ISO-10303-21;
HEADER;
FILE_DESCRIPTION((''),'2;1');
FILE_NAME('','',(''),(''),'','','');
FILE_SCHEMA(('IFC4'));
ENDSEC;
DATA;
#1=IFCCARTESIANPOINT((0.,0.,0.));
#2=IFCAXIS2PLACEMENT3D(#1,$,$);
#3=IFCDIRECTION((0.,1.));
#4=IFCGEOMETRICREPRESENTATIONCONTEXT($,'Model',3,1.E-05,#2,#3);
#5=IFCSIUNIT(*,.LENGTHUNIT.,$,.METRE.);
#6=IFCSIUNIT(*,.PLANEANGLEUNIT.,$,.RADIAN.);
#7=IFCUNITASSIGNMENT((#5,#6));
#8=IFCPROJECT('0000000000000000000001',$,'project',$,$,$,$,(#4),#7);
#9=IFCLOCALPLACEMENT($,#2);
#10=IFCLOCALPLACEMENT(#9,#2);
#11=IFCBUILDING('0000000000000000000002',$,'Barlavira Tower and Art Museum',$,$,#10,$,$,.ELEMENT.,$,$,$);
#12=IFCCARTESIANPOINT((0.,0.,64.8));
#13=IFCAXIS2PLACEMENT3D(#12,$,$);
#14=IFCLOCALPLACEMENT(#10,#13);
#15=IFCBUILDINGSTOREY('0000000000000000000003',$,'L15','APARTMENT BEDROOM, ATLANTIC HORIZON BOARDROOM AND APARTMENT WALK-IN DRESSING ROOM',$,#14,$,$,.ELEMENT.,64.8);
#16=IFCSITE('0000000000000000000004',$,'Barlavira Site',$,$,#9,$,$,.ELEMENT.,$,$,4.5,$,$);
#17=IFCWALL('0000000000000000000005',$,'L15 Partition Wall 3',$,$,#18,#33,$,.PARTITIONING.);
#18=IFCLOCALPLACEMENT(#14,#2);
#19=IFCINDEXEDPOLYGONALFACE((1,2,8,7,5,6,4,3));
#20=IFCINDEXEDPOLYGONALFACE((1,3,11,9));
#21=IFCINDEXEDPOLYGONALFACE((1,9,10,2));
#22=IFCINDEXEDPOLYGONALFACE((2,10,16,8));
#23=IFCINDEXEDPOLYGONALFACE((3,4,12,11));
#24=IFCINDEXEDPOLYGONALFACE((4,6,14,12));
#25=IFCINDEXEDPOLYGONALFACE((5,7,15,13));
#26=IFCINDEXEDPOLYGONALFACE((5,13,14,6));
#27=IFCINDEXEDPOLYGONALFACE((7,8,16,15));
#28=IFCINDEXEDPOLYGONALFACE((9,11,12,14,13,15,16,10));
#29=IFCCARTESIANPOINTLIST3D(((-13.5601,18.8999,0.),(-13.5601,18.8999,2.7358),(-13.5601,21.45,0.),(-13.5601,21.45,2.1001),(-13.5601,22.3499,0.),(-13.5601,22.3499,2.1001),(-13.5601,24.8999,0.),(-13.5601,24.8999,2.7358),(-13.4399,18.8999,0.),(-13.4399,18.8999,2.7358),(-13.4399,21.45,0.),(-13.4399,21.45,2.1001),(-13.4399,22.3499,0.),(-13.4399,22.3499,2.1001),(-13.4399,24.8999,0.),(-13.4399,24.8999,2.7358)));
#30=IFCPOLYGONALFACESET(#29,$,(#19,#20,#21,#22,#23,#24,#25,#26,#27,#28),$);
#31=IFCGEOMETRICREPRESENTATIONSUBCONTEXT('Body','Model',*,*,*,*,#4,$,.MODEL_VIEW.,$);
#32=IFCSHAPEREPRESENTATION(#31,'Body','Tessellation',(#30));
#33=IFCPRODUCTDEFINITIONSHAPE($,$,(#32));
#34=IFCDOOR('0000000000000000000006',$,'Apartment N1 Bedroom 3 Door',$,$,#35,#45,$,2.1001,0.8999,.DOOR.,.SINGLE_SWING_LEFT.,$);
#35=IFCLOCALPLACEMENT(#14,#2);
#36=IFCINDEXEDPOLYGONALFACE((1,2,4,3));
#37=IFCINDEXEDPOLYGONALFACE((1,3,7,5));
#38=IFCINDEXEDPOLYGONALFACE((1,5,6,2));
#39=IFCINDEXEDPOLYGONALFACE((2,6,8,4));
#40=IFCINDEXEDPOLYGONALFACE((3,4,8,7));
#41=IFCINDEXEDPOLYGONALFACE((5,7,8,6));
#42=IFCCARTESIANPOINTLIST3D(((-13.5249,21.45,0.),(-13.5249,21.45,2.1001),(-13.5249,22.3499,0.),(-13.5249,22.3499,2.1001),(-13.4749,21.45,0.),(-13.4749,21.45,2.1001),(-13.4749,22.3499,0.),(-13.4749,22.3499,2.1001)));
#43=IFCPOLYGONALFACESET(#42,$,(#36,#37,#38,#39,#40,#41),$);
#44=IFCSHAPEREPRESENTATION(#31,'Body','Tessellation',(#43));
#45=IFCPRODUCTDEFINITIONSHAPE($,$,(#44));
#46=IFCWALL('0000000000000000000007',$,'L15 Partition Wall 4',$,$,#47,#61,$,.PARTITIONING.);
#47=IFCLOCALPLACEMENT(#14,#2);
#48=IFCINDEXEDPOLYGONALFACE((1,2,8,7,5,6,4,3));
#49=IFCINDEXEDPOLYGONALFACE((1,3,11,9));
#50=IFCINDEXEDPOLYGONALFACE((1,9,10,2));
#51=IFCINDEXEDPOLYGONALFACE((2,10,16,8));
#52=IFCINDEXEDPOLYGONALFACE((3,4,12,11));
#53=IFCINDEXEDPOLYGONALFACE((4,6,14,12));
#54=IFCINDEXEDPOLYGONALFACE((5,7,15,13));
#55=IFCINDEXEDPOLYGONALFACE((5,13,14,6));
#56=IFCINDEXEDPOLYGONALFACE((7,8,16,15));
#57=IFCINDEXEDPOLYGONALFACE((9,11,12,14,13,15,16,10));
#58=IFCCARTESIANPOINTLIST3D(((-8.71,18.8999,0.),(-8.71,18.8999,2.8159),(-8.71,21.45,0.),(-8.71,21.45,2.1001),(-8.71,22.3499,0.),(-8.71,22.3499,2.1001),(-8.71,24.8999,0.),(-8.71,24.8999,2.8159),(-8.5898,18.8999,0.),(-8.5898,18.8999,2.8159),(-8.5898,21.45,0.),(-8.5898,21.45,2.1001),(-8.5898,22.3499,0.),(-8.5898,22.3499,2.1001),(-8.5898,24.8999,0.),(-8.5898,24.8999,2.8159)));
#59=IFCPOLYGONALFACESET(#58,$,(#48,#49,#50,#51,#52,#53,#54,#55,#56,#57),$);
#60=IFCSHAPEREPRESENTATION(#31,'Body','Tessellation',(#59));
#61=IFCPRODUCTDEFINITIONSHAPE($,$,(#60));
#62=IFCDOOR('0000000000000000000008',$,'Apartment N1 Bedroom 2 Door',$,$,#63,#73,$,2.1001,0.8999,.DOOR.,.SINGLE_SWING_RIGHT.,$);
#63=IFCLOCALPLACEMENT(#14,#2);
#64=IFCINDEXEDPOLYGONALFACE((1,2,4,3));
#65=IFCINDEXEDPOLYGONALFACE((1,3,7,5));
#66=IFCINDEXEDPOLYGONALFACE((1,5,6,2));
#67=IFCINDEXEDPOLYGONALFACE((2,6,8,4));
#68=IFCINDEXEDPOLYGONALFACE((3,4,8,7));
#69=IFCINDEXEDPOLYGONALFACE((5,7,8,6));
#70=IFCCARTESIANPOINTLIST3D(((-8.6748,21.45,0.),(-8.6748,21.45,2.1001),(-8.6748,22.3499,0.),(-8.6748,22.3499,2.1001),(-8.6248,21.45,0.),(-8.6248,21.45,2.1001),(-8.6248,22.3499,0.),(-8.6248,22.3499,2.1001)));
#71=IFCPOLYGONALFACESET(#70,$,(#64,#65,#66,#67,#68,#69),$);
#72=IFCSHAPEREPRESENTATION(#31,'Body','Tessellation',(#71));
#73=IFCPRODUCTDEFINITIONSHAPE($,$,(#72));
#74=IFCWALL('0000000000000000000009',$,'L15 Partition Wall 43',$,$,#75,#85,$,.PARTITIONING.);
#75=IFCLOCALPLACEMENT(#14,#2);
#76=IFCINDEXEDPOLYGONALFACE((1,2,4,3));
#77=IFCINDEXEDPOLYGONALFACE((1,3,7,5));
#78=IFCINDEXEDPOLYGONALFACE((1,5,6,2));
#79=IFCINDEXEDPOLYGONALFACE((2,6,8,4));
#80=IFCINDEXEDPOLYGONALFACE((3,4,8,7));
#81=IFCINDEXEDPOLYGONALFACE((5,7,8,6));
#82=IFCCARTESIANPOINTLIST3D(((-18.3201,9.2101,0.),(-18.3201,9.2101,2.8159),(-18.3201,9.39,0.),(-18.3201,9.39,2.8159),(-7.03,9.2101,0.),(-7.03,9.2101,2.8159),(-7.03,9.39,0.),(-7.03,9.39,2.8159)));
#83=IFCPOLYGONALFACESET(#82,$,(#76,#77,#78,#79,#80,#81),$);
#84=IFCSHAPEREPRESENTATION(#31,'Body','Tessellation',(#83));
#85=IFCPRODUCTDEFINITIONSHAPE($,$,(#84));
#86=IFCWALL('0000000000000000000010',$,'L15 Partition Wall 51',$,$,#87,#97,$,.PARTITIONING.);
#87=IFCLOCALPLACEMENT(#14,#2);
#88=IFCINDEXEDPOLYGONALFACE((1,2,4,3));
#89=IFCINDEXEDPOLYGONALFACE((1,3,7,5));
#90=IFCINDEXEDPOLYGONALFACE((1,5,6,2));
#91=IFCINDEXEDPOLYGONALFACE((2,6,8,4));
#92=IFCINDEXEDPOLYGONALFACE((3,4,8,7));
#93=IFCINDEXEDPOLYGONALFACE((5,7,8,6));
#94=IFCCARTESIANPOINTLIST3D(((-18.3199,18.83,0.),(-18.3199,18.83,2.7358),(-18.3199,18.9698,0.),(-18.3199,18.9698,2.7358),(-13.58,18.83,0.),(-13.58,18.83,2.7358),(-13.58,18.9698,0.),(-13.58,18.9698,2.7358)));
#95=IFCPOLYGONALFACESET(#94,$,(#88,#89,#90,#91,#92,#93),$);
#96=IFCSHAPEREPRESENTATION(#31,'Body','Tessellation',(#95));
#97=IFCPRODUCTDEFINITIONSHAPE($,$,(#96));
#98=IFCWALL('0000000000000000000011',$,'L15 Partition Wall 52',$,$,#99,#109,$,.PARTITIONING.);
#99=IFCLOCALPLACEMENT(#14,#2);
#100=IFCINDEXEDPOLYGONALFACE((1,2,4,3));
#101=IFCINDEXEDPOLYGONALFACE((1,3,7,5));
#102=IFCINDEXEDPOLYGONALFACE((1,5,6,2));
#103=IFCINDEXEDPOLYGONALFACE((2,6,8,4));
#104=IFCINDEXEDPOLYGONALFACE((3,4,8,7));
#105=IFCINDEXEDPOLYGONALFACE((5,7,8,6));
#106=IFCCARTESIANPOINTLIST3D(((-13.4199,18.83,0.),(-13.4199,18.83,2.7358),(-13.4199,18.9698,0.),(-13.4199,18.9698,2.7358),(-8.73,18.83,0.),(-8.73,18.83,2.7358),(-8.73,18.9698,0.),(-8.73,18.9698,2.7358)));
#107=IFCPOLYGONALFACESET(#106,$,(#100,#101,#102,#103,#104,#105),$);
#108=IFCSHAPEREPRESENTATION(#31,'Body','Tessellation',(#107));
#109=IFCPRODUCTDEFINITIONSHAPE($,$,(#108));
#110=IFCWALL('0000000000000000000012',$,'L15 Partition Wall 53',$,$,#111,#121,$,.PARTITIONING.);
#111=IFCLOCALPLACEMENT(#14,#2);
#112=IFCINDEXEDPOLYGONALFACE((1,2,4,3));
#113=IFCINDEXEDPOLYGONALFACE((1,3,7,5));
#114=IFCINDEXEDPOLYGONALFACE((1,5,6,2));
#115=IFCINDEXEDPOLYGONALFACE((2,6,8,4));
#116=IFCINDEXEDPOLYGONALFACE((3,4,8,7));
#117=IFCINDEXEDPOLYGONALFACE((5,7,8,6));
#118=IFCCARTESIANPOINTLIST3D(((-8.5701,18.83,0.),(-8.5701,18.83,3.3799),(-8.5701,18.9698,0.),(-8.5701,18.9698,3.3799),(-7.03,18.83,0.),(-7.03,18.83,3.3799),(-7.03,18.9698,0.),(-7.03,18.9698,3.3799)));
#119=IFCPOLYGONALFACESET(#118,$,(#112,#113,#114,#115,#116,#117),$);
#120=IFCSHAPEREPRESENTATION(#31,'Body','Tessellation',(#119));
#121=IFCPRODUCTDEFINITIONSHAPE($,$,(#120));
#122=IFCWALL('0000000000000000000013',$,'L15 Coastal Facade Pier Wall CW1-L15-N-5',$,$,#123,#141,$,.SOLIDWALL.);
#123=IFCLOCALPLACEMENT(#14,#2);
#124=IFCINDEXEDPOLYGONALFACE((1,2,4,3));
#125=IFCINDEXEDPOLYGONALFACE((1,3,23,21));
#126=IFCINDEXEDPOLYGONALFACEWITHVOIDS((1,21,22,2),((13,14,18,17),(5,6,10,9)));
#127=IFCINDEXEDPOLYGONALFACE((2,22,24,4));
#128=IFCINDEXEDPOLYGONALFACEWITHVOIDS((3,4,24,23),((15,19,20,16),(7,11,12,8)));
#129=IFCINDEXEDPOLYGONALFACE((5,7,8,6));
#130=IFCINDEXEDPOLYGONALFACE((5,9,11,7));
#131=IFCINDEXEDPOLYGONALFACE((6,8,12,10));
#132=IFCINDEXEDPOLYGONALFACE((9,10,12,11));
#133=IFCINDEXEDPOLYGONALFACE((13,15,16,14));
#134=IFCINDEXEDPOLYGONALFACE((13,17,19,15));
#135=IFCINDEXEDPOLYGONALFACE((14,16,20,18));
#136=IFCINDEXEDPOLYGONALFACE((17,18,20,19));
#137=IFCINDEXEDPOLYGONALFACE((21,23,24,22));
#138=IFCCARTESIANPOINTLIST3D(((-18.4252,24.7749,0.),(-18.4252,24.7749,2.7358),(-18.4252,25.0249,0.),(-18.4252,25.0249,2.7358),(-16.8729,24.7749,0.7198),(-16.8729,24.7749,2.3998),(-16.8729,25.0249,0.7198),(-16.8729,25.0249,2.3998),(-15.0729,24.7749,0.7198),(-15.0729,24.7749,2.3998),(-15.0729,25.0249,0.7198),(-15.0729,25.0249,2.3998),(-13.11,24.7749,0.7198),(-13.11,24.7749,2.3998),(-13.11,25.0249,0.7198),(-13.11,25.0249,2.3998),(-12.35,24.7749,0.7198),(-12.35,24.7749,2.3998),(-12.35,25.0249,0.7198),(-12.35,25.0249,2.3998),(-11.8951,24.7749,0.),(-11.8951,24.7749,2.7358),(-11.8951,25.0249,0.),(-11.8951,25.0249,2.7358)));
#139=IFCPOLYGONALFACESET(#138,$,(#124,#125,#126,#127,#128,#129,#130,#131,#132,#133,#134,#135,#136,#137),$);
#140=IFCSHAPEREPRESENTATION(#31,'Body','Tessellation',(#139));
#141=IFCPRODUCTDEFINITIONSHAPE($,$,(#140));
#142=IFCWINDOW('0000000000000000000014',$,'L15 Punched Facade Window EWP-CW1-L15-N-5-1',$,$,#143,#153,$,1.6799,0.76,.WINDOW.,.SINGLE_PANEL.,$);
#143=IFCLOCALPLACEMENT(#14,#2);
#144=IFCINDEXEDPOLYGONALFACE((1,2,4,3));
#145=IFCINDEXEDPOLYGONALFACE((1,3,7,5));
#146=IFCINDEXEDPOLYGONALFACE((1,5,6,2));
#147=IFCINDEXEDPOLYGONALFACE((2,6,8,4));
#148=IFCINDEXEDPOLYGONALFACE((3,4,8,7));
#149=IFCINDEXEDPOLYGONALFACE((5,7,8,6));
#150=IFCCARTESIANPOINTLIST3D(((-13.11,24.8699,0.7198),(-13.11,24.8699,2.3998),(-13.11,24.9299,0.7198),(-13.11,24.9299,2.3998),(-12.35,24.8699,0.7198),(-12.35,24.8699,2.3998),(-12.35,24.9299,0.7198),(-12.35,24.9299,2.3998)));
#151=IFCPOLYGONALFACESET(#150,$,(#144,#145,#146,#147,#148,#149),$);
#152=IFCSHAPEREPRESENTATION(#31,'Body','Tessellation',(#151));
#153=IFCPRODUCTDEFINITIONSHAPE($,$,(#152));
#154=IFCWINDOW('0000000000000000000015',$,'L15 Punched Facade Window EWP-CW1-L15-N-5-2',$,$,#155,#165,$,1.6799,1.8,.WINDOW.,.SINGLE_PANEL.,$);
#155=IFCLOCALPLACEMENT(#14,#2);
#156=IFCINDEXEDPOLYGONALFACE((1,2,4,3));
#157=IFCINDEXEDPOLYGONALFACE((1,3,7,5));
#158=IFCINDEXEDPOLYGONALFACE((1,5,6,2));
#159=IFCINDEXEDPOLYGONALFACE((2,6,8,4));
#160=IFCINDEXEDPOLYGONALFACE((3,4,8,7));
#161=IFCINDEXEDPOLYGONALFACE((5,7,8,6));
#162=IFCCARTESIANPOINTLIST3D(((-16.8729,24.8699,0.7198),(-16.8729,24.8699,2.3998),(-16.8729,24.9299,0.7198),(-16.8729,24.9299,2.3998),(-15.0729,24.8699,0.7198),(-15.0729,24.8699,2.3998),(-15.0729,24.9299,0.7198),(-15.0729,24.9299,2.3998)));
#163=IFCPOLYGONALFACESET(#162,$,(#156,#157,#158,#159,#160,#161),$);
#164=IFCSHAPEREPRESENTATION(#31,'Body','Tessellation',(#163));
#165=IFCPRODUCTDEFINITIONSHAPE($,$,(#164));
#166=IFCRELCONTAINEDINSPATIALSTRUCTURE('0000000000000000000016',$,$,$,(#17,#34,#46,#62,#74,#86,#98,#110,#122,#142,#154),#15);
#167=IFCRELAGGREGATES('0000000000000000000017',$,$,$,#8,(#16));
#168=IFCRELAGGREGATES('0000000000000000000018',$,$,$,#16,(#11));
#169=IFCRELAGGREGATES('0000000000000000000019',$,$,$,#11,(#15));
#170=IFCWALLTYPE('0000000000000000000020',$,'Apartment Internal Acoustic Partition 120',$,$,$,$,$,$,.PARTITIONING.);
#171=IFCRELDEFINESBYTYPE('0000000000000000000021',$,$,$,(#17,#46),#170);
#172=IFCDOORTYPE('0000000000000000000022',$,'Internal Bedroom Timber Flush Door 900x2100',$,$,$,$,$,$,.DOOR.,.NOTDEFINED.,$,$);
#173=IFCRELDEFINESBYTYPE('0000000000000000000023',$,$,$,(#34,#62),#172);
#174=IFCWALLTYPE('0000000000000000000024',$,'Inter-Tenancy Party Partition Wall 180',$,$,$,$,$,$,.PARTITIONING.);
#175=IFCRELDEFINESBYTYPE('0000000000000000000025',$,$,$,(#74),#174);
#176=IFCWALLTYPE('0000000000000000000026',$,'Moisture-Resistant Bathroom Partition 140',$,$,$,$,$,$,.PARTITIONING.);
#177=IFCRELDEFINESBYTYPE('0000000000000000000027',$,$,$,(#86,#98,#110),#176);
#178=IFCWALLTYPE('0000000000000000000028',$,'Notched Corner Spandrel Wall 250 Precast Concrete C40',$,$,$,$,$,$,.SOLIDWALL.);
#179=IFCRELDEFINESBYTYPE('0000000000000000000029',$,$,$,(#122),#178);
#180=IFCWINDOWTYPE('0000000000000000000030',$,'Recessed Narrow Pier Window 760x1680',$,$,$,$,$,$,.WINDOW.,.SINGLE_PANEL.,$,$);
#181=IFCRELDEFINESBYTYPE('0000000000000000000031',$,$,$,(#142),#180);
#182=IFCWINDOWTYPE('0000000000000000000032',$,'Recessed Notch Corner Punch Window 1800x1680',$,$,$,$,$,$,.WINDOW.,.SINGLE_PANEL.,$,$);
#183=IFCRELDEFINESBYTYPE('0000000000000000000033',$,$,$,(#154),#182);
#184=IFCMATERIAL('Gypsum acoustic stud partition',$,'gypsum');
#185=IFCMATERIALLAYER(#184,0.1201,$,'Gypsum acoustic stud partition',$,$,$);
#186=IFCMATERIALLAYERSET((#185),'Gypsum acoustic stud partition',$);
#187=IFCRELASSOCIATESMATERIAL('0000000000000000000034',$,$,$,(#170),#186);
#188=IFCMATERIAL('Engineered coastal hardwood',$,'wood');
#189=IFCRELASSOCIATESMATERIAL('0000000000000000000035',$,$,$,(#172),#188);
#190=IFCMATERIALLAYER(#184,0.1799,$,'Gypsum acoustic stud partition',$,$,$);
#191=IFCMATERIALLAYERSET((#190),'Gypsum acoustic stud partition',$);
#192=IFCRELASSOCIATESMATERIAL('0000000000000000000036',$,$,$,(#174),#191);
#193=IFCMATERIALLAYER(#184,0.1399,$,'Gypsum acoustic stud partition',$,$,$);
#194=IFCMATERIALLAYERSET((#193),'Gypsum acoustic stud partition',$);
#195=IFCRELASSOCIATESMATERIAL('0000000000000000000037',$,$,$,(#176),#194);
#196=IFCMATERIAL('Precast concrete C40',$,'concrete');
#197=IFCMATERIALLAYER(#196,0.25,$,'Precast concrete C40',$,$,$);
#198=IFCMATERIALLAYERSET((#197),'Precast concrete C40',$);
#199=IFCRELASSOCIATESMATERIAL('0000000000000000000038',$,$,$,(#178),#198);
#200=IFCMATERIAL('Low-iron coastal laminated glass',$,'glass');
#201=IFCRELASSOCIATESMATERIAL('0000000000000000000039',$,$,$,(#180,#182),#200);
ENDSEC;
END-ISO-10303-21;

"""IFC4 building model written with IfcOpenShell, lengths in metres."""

from ifc_helpers import new_model, si_unit, direction, frame, frame_2d, origin, place, context, subcontext, project, spatial, rectangle, extrude, material, layer, layer_set, type_object, element, fill, save


model = new_model("IFC4")

# Units and contexts
model_context = context("Model", 3, precision=1e-05, world=origin(), true_north=direction((0.0, 1.0)))
body_context = subcontext(model_context, "Body", "Model", "MODEL_VIEW")
ifc_project = project(units=[si_unit("LENGTHUNIT", "METRE"), si_unit("PLANEANGLEUNIT", "RADIAN")], contexts=[model_context])

# Site, building, storey
site_placement = place(None, origin())
site = spatial("IfcSite", under=ifc_project, at=site_placement, Name="Barlavira Site", CompositionType="ELEMENT", RefElevation=4.5)
building_placement = place(site_placement, origin())
building = spatial("IfcBuilding", under=site, at=building_placement, Name="Barlavira Tower and Art Museum", CompositionType="ELEMENT")
storey_placement = place(building_placement, frame((0.0, 0.0, 64.8)))
storey = spatial("IfcBuildingStorey", under=building, at=storey_placement, Name="L15", Description="APARTMENT BEDROOM, ATLANTIC HORIZON BOARDROOM AND APARTMENT WALK-IN DRESSING ROOM", CompositionType="ELEMENT", Elevation=64.8)

# Walls, openings, doors
ifc_material_1 = material(Name="Gypsum acoustic stud partition", Category="gypsum")
ifc_layer_1 = layer(ifc_material_1, 0.1201, Name="Gypsum acoustic stud partition")
ifc_layer_set_1 = layer_set([ifc_layer_1], Name="Gypsum acoustic stud partition")
wall_type_1 = type_object("IfcWallType", Name="Apartment Internal Acoustic Partition 120", PredefinedType="PARTITIONING", material=ifc_layer_set_1)
wall_1_placement = place(storey_placement, frame((-13.5, 18.8999, 0.0), z_axis=(0.0, 0.0, 1.0), x_axis=(0.0, 1.0, 0.0)))
wall_1 = element("IfcWall", 1, at=wall_1_placement, inside=storey, type_object=wall_type_1, Name="L15 Partition Wall 3", PredefinedType="PARTITIONING", context=body_context, shape_type="SweptSolid", body=[
    extrude(rectangle(XDim=6.0, YDim=0.1201, at=frame_2d((3.0, 0.0))), origin(), (0.0, 0.0, 1.0), 2.7358),
])
opening_1_placement = place(wall_1_placement, frame((2.55, 0.0, 0.0)))
opening_1 = element("IfcOpeningElement", 2, at=opening_1_placement, cuts=wall_1, PredefinedType="OPENING", context=body_context, shape_type="SweptSolid", body=[
    extrude(rectangle(XDim=0.8999, YDim=2.1001, at=frame_2d((0.45, 1.05))), frame((0.0, 0.0701, 0.0), z_axis=(0.0, -1.0, 0.0), x_axis=(1.0, 0.0, 0.0)), (0.0, 0.0, 1.0), 0.1401),
])
ifc_material_2 = material(Name="Engineered coastal hardwood", Category="wood")
door_type = type_object("IfcDoorType", Name="Internal Bedroom Timber Flush Door 900x2100", OperationType="NOTDEFINED", PredefinedType="DOOR", material=ifc_material_2)
door_1_placement = place(opening_1_placement, origin())
door_1 = element("IfcDoor", 3, at=door_1_placement, inside=storey, type_object=door_type, Name="Apartment N1 Bedroom 3 Door", OperationType="SINGLE_SWING_LEFT", OverallHeight=2.1001, OverallWidth=0.8999, PredefinedType="DOOR", context=body_context, shape_type="SweptSolid", body=[
    extrude(rectangle(XDim=0.8999, YDim=2.1001, at=frame_2d((0.45, 1.05))), frame((0.0, 0.0249, 0.0), z_axis=(0.0, -1.0, 0.0), x_axis=(1.0, 0.0, 0.0)), (0.0, 0.0, 1.0), 0.05),
])
fill(opening_1, door_1)
wall_2_placement = place(storey_placement, frame((-8.6499, 18.8999, 0.0), z_axis=(0.0, 0.0, 1.0), x_axis=(0.0, 1.0, 0.0)))
wall_2 = element("IfcWall", 4, at=wall_2_placement, inside=storey, type_object=wall_type_1, Name="L15 Partition Wall 4", PredefinedType="PARTITIONING", context=body_context, shape_type="SweptSolid", body=[
    extrude(rectangle(XDim=6.0, YDim=0.1201, at=frame_2d((3.0, 0.0))), origin(), (0.0, 0.0, 1.0), 2.8159),
])
opening_2_placement = place(wall_2_placement, frame((2.55, 0.0, 0.0)))
opening_2 = element("IfcOpeningElement", 5, at=opening_2_placement, cuts=wall_2, PredefinedType="OPENING", context=body_context, shape_type="SweptSolid", body=[
    extrude(rectangle(XDim=0.8999, YDim=2.1001, at=frame_2d((0.45, 1.05))), frame((0.0, 0.0701, 0.0), z_axis=(0.0, -1.0, 0.0), x_axis=(1.0, 0.0, 0.0)), (0.0, 0.0, 1.0), 0.1401),
])
door_2_placement = place(opening_2_placement, origin())
door_2 = element("IfcDoor", 6, at=door_2_placement, inside=storey, type_object=door_type, Name="Apartment N1 Bedroom 2 Door", OperationType="SINGLE_SWING_RIGHT", OverallHeight=2.1001, OverallWidth=0.8999, PredefinedType="DOOR", context=body_context, shape_type="SweptSolid", body=[
    extrude(rectangle(XDim=0.8999, YDim=2.1001, at=frame_2d((0.45, 1.05))), frame((0.0, 0.0249, 0.0), z_axis=(0.0, -1.0, 0.0), x_axis=(1.0, 0.0, 0.0)), (0.0, 0.0, 1.0), 0.05),
])
fill(opening_2, door_2)

# Walls
ifc_layer_2 = layer(ifc_material_1, 0.1799, Name="Gypsum acoustic stud partition")
ifc_layer_set_2 = layer_set([ifc_layer_2], Name="Gypsum acoustic stud partition")
wall_type_2 = type_object("IfcWallType", Name="Inter-Tenancy Party Partition Wall 180", PredefinedType="PARTITIONING", material=ifc_layer_set_2)
wall_3_placement = place(storey_placement, frame((-18.3201, 9.3, 0.0), z_axis=(0.0, 0.0, 1.0), x_axis=(1.0, 0.0, 0.0)))
element("IfcWall", 7, at=wall_3_placement, inside=storey, type_object=wall_type_2, Name="L15 Partition Wall 43", PredefinedType="PARTITIONING", context=body_context, shape_type="SweptSolid", body=[
    extrude(rectangle(XDim=11.29, YDim=0.1799, at=frame_2d((5.645, 0.0))), origin(), (0.0, 0.0, 1.0), 2.8159),
])
ifc_layer_3 = layer(ifc_material_1, 0.1399, Name="Gypsum acoustic stud partition")
ifc_layer_set_3 = layer_set([ifc_layer_3], Name="Gypsum acoustic stud partition")
wall_type_3 = type_object("IfcWallType", Name="Moisture-Resistant Bathroom Partition 140", PredefinedType="PARTITIONING", material=ifc_layer_set_3)
wall_4_placement = place(storey_placement, frame((-18.3201, 18.8999, 0.0), z_axis=(0.0, 0.0, 1.0), x_axis=(1.0, 0.0, 0.0)))
element("IfcWall", 8, at=wall_4_placement, inside=storey, type_object=wall_type_3, Name="L15 Partition Wall 51", PredefinedType="PARTITIONING", context=body_context, shape_type="SweptSolid", body=[
    extrude(rectangle(XDim=4.74, YDim=0.1399, at=frame_2d((2.3701, 0.0))), origin(), (0.0, 0.0, 1.0), 2.7358),
])
wall_5_placement = place(storey_placement, frame((-13.4199, 18.8999, 0.0), z_axis=(0.0, 0.0, 1.0), x_axis=(1.0, 0.0, 0.0)))
element("IfcWall", 9, at=wall_5_placement, inside=storey, type_object=wall_type_3, Name="L15 Partition Wall 52", PredefinedType="PARTITIONING", context=body_context, shape_type="SweptSolid", body=[
    extrude(rectangle(XDim=4.6899, YDim=0.1399, at=frame_2d((2.345, 0.0))), origin(), (0.0, 0.0, 1.0), 2.7358),
])
wall_6_placement = place(storey_placement, frame((-8.5701, 18.8999, 0.0), z_axis=(0.0, 0.0, 1.0), x_axis=(1.0, 0.0, 0.0)))
element("IfcWall", 10, at=wall_6_placement, inside=storey, type_object=wall_type_3, Name="L15 Partition Wall 53", PredefinedType="PARTITIONING", context=body_context, shape_type="SweptSolid", body=[
    extrude(rectangle(XDim=1.54, YDim=0.1399, at=frame_2d((0.77, 0.0))), origin(), (0.0, 0.0, 1.0), 3.3799),
])

# Wall, openings, windows
ifc_material_3 = material(Name="Precast concrete C40", Category="concrete")
ifc_layer_4 = layer(ifc_material_3, 0.25, Name="Precast concrete C40")
ifc_layer_set_4 = layer_set([ifc_layer_4], Name="Precast concrete C40")
wall_type_4 = type_object("IfcWallType", Name="Notched Corner Spandrel Wall 250 Precast Concrete C40", PredefinedType="SOLIDWALL", material=ifc_layer_set_4)
wall_7_placement = place(storey_placement, frame((-11.895, 24.8999, 0.0), z_axis=(0.0, 0.0, 1.0), x_axis=(-1.0, 0.0, 0.0)))
wall_7 = element("IfcWall", 11, at=wall_7_placement, inside=storey, type_object=wall_type_4, Name="L15 Coastal Facade Pier Wall CW1-L15-N-5", PredefinedType="SOLIDWALL", context=body_context, shape_type="SweptSolid", body=[
    extrude(rectangle(XDim=6.53, YDim=0.25, at=frame_2d((3.2651, 0.0))), origin(), (0.0, 0.0, 1.0), 2.7358),
])
opening_3_placement = place(wall_7_placement, frame((0.4551, 0.0, 0.72)))
opening_3 = element("IfcOpeningElement", 12, at=opening_3_placement, cuts=wall_7, PredefinedType="OPENING", context=body_context, shape_type="SweptSolid", body=[
    extrude(rectangle(XDim=0.76, YDim=1.6799, at=frame_2d((0.3799, 0.8398))), frame((0.0, 0.135, 0.0), z_axis=(0.0, -1.0, 0.0), x_axis=(1.0, 0.0, 0.0)), (0.0, 0.0, 1.0), 0.27),
])
opening_4_placement = place(wall_7_placement, frame((3.178, 0.0, 0.72)))
opening_4 = element("IfcOpeningElement", 13, at=opening_4_placement, cuts=wall_7, PredefinedType="OPENING", context=body_context, shape_type="SweptSolid", body=[
    extrude(rectangle(XDim=1.8, YDim=1.6799, at=frame_2d((0.8999, 0.8398))), frame((0.0, 0.135, 0.0), z_axis=(0.0, -1.0, 0.0), x_axis=(1.0, 0.0, 0.0)), (0.0, 0.0, 1.0), 0.27),
])
ifc_material_4 = material(Name="Low-iron coastal laminated glass", Category="glass")
window_type_1 = type_object("IfcWindowType", Name="Recessed Narrow Pier Window 760x1680", PartitioningType="SINGLE_PANEL", PredefinedType="WINDOW", material=ifc_material_4)
window_1_placement = place(opening_3_placement, origin())
window_1 = element("IfcWindow", 14, at=window_1_placement, inside=storey, type_object=window_type_1, Name="L15 Punched Facade Window EWP-CW1-L15-N-5-1", OverallHeight=1.6799, OverallWidth=0.76, PartitioningType="SINGLE_PANEL", PredefinedType="WINDOW", context=body_context, shape_type="SweptSolid", body=[
    extrude(rectangle(XDim=0.76, YDim=1.6799, at=frame_2d((0.3799, 0.8398))), frame((0.0, 0.03, 0.0), z_axis=(0.0, -1.0, 0.0), x_axis=(1.0, 0.0, 0.0)), (0.0, 0.0, 1.0), 0.0601),
])
fill(opening_3, window_1)
window_type_2 = type_object("IfcWindowType", Name="Recessed Notch Corner Punch Window 1800x1680", PartitioningType="SINGLE_PANEL", PredefinedType="WINDOW", material=ifc_material_4)
window_2_placement = place(opening_4_placement, origin())
window_2 = element("IfcWindow", 15, at=window_2_placement, inside=storey, type_object=window_type_2, Name="L15 Punched Facade Window EWP-CW1-L15-N-5-2", OverallHeight=1.6799, OverallWidth=1.8, PartitioningType="SINGLE_PANEL", PredefinedType="WINDOW", context=body_context, shape_type="SweptSolid", body=[
    extrude(rectangle(XDim=1.8, YDim=1.6799, at=frame_2d((0.8999, 0.8398))), frame((0.0, 0.03, 0.0), z_axis=(0.0, -1.0, 0.0), x_axis=(1.0, 0.0, 0.0)), (0.0, 0.0, 1.0), 0.0601),
])
fill(opening_4, window_2)

save(model, "model.ifc")
